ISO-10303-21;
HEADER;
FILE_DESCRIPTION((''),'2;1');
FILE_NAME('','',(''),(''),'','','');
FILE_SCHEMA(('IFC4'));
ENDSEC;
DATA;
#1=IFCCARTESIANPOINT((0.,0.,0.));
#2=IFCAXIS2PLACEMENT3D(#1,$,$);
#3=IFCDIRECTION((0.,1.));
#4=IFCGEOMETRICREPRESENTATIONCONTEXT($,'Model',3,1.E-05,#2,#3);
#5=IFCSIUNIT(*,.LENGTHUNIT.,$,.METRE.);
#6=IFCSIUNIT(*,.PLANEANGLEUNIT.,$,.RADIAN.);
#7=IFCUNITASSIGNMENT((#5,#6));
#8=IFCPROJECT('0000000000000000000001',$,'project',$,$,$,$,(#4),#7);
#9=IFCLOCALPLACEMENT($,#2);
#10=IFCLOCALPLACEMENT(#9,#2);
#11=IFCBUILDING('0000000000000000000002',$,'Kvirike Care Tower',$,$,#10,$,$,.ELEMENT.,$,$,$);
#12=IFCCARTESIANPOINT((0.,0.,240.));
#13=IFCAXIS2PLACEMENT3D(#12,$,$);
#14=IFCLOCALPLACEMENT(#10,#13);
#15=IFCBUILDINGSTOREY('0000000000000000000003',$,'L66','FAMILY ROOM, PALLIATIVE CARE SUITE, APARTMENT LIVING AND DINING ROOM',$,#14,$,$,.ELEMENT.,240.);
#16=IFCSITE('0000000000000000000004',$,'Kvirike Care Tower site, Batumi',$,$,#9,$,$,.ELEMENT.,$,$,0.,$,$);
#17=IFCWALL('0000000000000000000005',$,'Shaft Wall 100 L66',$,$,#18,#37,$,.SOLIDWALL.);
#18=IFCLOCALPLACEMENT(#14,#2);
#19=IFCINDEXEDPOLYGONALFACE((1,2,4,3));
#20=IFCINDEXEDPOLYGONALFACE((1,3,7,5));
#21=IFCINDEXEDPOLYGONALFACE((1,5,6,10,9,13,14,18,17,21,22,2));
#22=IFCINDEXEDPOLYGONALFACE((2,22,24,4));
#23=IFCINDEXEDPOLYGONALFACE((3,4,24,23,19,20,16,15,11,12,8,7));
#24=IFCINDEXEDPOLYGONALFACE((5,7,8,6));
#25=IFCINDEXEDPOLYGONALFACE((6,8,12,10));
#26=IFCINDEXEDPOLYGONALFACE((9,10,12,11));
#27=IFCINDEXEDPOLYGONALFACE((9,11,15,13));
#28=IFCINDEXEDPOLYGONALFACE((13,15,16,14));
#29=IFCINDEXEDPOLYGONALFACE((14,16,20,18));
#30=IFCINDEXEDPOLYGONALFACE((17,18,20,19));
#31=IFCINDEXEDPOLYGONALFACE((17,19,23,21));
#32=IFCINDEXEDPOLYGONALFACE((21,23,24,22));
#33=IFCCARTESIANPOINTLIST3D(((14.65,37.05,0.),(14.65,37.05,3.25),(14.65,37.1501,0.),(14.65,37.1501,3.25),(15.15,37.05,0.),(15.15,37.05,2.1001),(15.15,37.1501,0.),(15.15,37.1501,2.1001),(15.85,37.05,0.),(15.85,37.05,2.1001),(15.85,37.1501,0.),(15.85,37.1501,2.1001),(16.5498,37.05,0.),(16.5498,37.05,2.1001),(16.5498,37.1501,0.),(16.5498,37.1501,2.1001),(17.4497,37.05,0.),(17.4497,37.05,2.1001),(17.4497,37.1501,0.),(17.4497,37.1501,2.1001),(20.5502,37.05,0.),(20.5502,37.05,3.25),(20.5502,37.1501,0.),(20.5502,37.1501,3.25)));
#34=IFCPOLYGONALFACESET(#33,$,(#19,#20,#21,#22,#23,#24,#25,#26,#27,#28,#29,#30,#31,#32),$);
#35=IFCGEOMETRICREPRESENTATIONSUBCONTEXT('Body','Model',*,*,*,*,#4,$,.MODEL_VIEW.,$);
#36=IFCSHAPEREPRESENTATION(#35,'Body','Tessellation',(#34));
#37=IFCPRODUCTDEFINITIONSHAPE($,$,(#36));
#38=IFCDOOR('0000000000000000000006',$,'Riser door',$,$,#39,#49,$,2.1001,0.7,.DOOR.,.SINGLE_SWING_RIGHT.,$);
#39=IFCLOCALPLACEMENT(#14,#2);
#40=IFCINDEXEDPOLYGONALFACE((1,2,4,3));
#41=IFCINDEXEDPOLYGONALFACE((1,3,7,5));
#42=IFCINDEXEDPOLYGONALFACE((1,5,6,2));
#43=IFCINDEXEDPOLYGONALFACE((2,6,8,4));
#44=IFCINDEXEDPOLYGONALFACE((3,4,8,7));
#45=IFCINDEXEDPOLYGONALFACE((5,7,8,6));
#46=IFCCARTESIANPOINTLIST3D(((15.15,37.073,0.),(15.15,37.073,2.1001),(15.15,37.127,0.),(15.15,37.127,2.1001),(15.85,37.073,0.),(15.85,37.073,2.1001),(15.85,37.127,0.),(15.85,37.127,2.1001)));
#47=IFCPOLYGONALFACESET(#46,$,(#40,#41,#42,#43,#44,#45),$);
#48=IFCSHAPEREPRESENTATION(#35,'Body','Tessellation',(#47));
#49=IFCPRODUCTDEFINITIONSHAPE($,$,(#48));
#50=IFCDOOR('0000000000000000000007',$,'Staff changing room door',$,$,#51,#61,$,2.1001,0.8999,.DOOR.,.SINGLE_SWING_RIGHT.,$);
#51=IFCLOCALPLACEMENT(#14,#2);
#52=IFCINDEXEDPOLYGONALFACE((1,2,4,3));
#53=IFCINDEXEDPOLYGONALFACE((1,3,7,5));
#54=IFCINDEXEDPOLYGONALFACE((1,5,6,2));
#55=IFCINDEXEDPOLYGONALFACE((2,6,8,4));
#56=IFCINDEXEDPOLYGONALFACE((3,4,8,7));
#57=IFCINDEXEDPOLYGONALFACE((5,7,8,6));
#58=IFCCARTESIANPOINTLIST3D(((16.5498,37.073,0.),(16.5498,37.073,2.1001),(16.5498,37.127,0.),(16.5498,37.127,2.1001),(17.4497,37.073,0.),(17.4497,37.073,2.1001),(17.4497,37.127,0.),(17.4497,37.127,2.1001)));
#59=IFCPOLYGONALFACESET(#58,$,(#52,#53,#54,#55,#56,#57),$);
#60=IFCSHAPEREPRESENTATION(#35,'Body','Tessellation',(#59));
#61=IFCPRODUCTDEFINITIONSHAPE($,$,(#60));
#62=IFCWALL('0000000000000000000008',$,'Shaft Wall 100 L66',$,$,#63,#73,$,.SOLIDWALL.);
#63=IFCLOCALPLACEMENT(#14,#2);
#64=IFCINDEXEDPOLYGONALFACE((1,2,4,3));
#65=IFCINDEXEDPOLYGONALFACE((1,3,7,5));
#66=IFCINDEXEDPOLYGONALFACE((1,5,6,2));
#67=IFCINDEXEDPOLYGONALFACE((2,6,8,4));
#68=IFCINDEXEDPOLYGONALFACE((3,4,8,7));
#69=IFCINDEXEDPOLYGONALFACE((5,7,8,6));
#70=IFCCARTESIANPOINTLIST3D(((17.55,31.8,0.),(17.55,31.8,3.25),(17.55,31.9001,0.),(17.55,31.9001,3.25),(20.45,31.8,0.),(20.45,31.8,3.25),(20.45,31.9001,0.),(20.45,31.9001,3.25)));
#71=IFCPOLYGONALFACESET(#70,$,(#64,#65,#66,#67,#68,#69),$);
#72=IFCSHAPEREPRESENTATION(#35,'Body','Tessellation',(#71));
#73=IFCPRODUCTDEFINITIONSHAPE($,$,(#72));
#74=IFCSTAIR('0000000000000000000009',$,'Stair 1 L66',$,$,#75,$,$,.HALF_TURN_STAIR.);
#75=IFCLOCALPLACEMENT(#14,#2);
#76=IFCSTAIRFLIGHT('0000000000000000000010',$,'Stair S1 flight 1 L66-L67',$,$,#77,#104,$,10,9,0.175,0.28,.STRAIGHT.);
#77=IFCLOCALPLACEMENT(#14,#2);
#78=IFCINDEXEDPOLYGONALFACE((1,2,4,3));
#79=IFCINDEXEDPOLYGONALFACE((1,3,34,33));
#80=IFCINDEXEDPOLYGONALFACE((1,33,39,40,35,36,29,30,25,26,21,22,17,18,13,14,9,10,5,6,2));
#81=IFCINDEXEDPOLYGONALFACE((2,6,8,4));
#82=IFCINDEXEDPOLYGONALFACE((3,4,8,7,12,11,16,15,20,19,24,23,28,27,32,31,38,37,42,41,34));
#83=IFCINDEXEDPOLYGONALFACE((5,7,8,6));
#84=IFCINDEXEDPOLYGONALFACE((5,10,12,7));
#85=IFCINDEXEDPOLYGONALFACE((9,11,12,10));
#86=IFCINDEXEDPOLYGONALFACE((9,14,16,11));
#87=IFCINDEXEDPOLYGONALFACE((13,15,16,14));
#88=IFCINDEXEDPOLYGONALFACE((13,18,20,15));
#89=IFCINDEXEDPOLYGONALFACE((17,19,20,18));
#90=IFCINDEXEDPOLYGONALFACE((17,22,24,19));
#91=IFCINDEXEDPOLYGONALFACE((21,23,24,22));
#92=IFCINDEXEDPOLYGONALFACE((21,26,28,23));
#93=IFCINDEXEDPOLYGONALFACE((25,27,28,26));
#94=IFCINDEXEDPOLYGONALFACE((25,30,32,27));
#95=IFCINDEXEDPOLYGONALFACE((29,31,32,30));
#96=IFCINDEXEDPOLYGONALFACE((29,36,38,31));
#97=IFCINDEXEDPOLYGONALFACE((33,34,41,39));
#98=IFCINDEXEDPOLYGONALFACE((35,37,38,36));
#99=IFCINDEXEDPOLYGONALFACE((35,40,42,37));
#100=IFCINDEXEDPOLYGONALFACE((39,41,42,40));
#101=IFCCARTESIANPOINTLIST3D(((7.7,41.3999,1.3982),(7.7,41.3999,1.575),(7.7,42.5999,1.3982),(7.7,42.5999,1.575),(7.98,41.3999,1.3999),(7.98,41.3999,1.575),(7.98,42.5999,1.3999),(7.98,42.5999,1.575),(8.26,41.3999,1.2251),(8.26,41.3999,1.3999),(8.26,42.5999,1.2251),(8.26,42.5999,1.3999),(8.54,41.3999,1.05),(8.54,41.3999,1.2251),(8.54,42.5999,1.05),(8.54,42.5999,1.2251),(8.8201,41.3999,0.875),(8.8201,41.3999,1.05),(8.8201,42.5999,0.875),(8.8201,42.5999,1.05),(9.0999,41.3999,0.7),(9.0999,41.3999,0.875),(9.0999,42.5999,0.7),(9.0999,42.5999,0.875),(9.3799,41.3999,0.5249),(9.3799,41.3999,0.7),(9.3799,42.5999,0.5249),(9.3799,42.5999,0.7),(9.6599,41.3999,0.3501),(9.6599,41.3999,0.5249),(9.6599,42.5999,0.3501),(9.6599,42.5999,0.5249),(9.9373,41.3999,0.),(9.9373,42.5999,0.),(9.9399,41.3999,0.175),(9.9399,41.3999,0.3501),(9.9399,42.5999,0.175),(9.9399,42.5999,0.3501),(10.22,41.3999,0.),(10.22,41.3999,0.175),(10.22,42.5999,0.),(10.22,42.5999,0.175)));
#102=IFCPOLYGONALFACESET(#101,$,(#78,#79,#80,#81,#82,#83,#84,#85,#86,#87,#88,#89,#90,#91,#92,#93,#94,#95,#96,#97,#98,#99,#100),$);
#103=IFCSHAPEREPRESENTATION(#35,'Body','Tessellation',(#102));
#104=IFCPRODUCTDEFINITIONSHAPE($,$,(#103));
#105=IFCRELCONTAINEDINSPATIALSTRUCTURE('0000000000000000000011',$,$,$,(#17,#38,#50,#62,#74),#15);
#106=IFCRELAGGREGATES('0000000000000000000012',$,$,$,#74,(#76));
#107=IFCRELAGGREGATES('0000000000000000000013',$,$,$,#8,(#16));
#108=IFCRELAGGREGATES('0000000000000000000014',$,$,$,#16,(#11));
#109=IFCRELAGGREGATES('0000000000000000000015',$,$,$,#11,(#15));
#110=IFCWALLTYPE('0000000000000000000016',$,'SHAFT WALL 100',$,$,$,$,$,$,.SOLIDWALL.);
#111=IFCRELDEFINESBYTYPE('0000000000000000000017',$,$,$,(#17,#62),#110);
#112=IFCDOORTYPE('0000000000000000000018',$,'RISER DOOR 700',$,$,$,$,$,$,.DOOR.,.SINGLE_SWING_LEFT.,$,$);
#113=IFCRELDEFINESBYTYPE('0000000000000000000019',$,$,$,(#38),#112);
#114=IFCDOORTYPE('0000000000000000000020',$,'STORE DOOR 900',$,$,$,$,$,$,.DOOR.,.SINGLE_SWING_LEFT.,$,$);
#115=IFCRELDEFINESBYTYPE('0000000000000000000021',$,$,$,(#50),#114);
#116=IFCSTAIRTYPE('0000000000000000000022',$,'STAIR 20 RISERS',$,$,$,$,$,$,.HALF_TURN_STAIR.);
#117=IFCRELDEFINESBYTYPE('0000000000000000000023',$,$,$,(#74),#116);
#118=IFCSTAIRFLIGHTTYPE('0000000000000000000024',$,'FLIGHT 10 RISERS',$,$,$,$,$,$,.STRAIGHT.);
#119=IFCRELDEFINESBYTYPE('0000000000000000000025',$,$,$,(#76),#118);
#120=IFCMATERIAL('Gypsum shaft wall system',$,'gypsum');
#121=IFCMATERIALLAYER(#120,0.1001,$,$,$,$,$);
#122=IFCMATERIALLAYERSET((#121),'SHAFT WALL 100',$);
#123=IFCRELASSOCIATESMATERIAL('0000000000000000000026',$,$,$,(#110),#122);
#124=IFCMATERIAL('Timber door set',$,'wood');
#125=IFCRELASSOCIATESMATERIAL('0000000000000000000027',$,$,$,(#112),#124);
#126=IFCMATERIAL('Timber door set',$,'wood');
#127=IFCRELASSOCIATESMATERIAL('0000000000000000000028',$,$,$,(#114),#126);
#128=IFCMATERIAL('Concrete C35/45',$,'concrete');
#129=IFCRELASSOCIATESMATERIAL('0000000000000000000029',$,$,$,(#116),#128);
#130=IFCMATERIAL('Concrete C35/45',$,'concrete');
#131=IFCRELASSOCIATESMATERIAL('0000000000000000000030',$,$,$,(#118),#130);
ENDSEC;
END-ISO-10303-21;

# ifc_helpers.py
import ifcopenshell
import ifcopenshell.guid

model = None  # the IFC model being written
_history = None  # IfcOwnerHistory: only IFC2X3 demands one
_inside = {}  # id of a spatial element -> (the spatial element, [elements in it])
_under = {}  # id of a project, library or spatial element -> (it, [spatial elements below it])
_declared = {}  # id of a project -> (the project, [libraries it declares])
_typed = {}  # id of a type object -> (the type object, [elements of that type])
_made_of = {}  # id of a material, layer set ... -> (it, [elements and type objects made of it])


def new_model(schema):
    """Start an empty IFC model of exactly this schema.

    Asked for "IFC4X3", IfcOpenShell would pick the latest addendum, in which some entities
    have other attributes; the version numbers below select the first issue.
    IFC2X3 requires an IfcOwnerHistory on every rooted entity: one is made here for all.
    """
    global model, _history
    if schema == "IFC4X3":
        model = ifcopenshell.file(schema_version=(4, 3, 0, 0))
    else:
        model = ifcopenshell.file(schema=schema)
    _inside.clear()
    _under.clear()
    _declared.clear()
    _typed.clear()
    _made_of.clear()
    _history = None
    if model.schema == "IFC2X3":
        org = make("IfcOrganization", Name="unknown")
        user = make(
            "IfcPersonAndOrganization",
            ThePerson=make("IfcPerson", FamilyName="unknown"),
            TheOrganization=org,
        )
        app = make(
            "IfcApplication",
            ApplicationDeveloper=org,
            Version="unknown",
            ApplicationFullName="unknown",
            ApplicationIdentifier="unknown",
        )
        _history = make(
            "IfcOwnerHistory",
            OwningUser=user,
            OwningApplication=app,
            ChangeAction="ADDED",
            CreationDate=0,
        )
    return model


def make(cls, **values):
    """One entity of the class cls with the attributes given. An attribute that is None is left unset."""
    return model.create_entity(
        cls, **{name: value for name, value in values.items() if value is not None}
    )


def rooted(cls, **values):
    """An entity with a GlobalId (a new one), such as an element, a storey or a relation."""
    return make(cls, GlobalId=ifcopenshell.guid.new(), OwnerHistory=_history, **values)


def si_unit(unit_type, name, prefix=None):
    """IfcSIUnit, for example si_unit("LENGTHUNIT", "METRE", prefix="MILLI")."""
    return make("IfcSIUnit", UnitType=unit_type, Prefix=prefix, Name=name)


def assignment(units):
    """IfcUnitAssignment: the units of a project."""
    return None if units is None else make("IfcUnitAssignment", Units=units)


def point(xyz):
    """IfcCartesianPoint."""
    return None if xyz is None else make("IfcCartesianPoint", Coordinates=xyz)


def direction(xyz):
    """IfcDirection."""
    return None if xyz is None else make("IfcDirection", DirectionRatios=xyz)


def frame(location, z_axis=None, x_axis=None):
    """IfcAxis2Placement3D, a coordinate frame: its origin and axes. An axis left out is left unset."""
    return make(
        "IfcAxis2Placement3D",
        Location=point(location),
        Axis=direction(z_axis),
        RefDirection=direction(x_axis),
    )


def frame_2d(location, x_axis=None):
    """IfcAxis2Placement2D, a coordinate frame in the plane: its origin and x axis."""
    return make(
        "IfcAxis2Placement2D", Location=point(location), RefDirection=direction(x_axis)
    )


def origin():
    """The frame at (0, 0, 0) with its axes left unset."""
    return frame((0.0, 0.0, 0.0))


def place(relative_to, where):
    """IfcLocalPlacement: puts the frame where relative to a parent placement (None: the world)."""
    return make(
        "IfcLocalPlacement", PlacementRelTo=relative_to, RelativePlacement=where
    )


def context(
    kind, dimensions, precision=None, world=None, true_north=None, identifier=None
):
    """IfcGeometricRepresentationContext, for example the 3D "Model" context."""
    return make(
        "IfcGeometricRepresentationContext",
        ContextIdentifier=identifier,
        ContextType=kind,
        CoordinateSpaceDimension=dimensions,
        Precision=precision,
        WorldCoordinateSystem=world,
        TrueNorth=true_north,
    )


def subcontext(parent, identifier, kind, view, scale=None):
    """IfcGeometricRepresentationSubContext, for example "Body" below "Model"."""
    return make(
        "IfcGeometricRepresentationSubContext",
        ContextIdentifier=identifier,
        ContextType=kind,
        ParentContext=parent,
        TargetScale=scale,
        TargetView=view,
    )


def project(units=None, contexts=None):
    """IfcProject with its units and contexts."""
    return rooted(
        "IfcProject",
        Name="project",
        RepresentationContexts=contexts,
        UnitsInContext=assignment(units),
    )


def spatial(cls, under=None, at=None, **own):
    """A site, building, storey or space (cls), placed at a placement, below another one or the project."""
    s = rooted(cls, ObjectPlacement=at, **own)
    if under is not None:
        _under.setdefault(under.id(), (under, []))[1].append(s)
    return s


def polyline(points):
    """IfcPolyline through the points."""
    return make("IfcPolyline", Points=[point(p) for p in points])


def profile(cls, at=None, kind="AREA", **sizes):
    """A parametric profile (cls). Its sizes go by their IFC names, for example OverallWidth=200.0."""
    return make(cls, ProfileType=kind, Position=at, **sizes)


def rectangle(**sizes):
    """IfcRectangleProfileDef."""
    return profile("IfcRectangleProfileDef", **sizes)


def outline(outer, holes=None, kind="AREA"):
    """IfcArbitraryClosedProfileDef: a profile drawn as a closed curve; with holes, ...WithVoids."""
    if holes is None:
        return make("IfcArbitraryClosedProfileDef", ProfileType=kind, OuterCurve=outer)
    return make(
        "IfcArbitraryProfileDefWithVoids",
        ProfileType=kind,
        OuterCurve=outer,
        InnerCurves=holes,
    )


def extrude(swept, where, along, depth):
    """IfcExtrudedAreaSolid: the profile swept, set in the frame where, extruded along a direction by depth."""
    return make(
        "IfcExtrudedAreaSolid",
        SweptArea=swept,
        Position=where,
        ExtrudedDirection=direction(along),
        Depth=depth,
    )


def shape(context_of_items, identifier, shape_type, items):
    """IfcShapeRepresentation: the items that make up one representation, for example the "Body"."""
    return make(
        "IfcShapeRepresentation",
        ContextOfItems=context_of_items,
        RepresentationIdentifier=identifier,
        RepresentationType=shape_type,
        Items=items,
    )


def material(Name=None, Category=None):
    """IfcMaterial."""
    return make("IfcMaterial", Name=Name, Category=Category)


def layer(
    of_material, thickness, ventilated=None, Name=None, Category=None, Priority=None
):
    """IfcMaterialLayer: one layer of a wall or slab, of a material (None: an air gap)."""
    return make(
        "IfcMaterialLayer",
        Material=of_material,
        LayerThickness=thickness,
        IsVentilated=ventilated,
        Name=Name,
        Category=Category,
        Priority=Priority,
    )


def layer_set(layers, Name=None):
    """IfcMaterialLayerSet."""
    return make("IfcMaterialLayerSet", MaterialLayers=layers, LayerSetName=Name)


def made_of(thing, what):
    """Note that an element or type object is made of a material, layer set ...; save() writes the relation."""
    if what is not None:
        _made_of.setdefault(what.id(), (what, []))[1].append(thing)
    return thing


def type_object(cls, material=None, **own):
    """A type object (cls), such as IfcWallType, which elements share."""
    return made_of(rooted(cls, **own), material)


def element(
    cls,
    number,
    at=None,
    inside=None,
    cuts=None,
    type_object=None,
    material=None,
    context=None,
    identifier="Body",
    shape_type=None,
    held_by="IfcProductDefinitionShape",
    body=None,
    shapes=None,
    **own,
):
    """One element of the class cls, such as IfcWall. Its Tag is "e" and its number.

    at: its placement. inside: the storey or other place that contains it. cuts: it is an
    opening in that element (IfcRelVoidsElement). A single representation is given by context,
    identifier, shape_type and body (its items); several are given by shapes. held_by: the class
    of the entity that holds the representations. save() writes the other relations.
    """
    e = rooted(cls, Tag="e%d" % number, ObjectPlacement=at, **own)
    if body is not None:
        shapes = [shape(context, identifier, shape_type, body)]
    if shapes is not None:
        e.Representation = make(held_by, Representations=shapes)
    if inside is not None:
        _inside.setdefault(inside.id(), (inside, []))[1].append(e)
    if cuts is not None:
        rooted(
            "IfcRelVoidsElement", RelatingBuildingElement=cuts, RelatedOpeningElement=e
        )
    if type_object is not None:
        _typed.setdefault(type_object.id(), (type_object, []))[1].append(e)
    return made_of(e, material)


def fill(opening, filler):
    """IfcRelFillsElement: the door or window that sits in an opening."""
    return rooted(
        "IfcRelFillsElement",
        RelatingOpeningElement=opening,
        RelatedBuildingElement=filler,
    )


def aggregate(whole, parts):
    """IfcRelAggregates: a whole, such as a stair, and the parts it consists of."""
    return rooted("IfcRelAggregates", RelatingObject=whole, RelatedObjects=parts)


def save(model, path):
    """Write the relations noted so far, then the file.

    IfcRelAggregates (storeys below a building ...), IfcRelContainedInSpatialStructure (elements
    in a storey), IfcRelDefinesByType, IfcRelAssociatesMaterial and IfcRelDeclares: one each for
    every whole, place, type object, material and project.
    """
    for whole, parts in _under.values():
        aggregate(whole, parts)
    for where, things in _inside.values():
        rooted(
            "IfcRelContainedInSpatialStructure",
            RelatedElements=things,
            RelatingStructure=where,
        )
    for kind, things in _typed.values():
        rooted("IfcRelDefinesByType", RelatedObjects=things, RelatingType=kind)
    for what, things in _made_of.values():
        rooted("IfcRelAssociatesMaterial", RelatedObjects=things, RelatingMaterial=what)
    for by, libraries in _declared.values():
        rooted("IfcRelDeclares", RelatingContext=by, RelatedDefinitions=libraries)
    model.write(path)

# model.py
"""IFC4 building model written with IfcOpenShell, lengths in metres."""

from ifc_helpers import new_model, si_unit, direction, frame, frame_2d, origin, place, context, subcontext, project, spatial, polyline, rectangle, outline, extrude, material, layer, layer_set, type_object, element, fill, aggregate, save


model = new_model("IFC4")

# Units and contexts
model_context = context("Model", 3, precision=1e-05, world=origin(), true_north=direction((0.0, 1.0)))
body_context = subcontext(model_context, "Body", "Model", "MODEL_VIEW")
ifc_project = project(units=[si_unit("LENGTHUNIT", "METRE"), si_unit("PLANEANGLEUNIT", "RADIAN")], contexts=[model_context])

# Site, building, storey
site_placement = place(None, origin())
site = spatial("IfcSite", under=ifc_project, at=site_placement, Name="Kvirike Care Tower site, Batumi", CompositionType="ELEMENT", RefElevation=0.0)
building_placement = place(site_placement, origin())
building = spatial("IfcBuilding", under=site, at=building_placement, Name="Kvirike Care Tower", CompositionType="ELEMENT")
storey_placement = place(building_placement, frame((0.0, 0.0, 240.0)))
storey = spatial("IfcBuildingStorey", under=building, at=storey_placement, Name="L66", Description="FAMILY ROOM, PALLIATIVE CARE SUITE, APARTMENT LIVING AND DINING ROOM", CompositionType="ELEMENT", Elevation=240.0)

# Shared definitions
ifc_material_1 = material(Name="Gypsum shaft wall system", Category="gypsum")
ifc_layer_1 = layer(ifc_material_1, 0.1001)
ifc_layer_set_1 = layer_set([ifc_layer_1], Name="SHAFT WALL 100")
wall_type_1 = type_object("IfcWallType", Name="SHAFT WALL 100", PredefinedType="SOLIDWALL", material=ifc_layer_set_1)

# Shared definitions
ifc_material_2 = material(Name="Timber door set", Category="wood")
door_type_1 = type_object("IfcDoorType", Name="RISER DOOR 700", OperationType="SINGLE_SWING_LEFT", PredefinedType="DOOR", material=ifc_material_2)

# Wall, openings, doors
wall_1_placement = place(storey_placement, frame((14.6499, 37.1001, 0.0), z_axis=(0.0, 0.0, 1.0), x_axis=(1.0, 0.0, 0.0)))
wall_1 = element("IfcWall", 1, at=wall_1_placement, inside=storey, type_object=wall_type_1, Name="Shaft Wall 100 L66", PredefinedType="SOLIDWALL", context=body_context, shape_type="SweptSolid", body=[
    extrude(rectangle(XDim=5.9001, YDim=0.1001, at=frame_2d((2.9502, 0.0))), origin(), (0.0, 0.0, 1.0), 3.25),
])
opening_1_placement = place(wall_1_placement, frame((0.5, 0.0, 0.0)))
opening_1 = element("IfcOpeningElement", 2, at=opening_1_placement, cuts=wall_1, PredefinedType="OPENING", context=body_context, shape_type="SweptSolid", body=[
    extrude(rectangle(XDim=0.7, YDim=2.1001, at=frame_2d((0.3501, 1.05))), frame((0.0, 0.0605, 0.0), z_axis=(0.0, -1.0, 0.0), x_axis=(1.0, 0.0, 0.0)), (0.0, 0.0, 1.0), 0.1211),
])
opening_2_placement = place(wall_1_placement, frame((1.8999, 0.0, 0.0)))
opening_2 = element("IfcOpeningElement", 3, at=opening_2_placement, cuts=wall_1, PredefinedType="OPENING", context=body_context, shape_type="SweptSolid", body=[
    extrude(rectangle(XDim=0.8999, YDim=2.1001, at=frame_2d((0.45, 1.05))), frame((0.0, 0.0605, 0.0), z_axis=(0.0, -1.0, 0.0), x_axis=(1.0, 0.0, 0.0)), (0.0, 0.0, 1.0), 0.1211),
])
door_1_placement = place(opening_1_placement, origin())
door_1 = element("IfcDoor", 4, at=door_1_placement, inside=storey, type_object=door_type_1, Name="Riser door", OperationType="SINGLE_SWING_RIGHT", OverallHeight=2.1001, OverallWidth=0.7, PredefinedType="DOOR", context=body_context, shape_type="SweptSolid", body=[
    extrude(rectangle(XDim=0.7, YDim=2.1001, at=frame_2d((0.3501, 1.05))), frame((0.0, 0.0269, 0.0), z_axis=(0.0, -1.0, 0.0), x_axis=(1.0, 0.0, 0.0)), (0.0, 0.0, 1.0), 0.054),
])
fill(opening_1, door_1)
ifc_material_3 = material(Name="Timber door set", Category="wood")
door_type_2 = type_object("IfcDoorType", Name="STORE DOOR 900", OperationType="SINGLE_SWING_LEFT", PredefinedType="DOOR", material=ifc_material_3)
door_2_placement = place(opening_2_placement, origin())
door_2 = element("IfcDoor", 5, at=door_2_placement, inside=storey, type_object=door_type_2, Name="Staff changing room door", OperationType="SINGLE_SWING_RIGHT", OverallHeight=2.1001, OverallWidth=0.8999, PredefinedType="DOOR", context=body_context, shape_type="SweptSolid", body=[
    extrude(rectangle(XDim=0.8999, YDim=2.1001, at=frame_2d((0.45, 1.05))), frame((0.0, 0.0269, 0.0), z_axis=(0.0, -1.0, 0.0), x_axis=(1.0, 0.0, 0.0)), (0.0, 0.0, 1.0), 0.054),
])
fill(opening_2, door_2)

# Wall
wall_2_placement = place(storey_placement, frame((17.55, 31.8501, 0.0), z_axis=(0.0, 0.0, 1.0), x_axis=(1.0, 0.0, 0.0)))
element("IfcWall", 6, at=wall_2_placement, inside=storey, type_object=wall_type_1, Name="Shaft Wall 100 L66", PredefinedType="SOLIDWALL", context=body_context, shape_type="SweptSolid", body=[
    extrude(rectangle(XDim=2.8999, YDim=0.1001, at=frame_2d((1.45, 0.0))), origin(), (0.0, 0.0, 1.0), 3.25),
])

# Stair, stair flight
ifc_material_4 = material(Name="Concrete C35/45", Category="concrete")
stair_type = type_object("IfcStairType", Name="STAIR 20 RISERS", PredefinedType="HALF_TURN_STAIR", material=ifc_material_4)
stair_placement = place(storey_placement, origin())
stair = element("IfcStair", 7, at=stair_placement, inside=storey, type_object=stair_type, Name="Stair 1 L66", PredefinedType="HALF_TURN_STAIR")
ifc_material_5 = material(Name="Concrete C35/45", Category="concrete")
stair_flight_type = type_object("IfcStairFlightType", Name="FLIGHT 10 RISERS", PredefinedType="STRAIGHT", material=ifc_material_5)
stair_flight_placement = place(storey_placement, frame((10.22, 42.0, 0.0), z_axis=(0.0, 0.0, 1.0), x_axis=(-1.0, 0.0, 0.0)))
stair_flight = element("IfcStairFlight", 8, at=stair_flight_placement, type_object=stair_flight_type, Name="Stair S1 flight 1 L66-L67", NumberOfRisers=10, NumberOfTreads=9, PredefinedType="STRAIGHT", RiserHeight=0.175, TreadLength=0.28, context=body_context, shape_type="SweptSolid", body=[
    extrude(outline(polyline([(0.0, 0.0), (0.0, 0.175), (0.28, 0.175), (0.28, 0.3501), (0.5601, 0.3501), (0.5601, 0.5249), (0.8401, 0.5249), (0.8401, 0.7), (1.1201, 0.7), (1.1201, 0.875), (1.3999, 0.875), (1.3999, 1.05), (1.6799, 1.05), (1.6799, 1.2251), (1.96, 1.2251), (1.96, 1.3999), (2.24, 1.3999), (2.24, 1.575), (2.52, 1.575), (2.52, 1.75), (2.52, 1.3982), (0.2827, 0.0), (0.0, 0.0)])), frame((0.0, 0.6001, 0.0), z_axis=(0.0, -1.0, 0.0), x_axis=(1.0, 0.0, 0.0)), (0.0, 0.0, 1.0), 1.2),
])
aggregate(stair, [stair_flight])

save(model, "model.ifc")
